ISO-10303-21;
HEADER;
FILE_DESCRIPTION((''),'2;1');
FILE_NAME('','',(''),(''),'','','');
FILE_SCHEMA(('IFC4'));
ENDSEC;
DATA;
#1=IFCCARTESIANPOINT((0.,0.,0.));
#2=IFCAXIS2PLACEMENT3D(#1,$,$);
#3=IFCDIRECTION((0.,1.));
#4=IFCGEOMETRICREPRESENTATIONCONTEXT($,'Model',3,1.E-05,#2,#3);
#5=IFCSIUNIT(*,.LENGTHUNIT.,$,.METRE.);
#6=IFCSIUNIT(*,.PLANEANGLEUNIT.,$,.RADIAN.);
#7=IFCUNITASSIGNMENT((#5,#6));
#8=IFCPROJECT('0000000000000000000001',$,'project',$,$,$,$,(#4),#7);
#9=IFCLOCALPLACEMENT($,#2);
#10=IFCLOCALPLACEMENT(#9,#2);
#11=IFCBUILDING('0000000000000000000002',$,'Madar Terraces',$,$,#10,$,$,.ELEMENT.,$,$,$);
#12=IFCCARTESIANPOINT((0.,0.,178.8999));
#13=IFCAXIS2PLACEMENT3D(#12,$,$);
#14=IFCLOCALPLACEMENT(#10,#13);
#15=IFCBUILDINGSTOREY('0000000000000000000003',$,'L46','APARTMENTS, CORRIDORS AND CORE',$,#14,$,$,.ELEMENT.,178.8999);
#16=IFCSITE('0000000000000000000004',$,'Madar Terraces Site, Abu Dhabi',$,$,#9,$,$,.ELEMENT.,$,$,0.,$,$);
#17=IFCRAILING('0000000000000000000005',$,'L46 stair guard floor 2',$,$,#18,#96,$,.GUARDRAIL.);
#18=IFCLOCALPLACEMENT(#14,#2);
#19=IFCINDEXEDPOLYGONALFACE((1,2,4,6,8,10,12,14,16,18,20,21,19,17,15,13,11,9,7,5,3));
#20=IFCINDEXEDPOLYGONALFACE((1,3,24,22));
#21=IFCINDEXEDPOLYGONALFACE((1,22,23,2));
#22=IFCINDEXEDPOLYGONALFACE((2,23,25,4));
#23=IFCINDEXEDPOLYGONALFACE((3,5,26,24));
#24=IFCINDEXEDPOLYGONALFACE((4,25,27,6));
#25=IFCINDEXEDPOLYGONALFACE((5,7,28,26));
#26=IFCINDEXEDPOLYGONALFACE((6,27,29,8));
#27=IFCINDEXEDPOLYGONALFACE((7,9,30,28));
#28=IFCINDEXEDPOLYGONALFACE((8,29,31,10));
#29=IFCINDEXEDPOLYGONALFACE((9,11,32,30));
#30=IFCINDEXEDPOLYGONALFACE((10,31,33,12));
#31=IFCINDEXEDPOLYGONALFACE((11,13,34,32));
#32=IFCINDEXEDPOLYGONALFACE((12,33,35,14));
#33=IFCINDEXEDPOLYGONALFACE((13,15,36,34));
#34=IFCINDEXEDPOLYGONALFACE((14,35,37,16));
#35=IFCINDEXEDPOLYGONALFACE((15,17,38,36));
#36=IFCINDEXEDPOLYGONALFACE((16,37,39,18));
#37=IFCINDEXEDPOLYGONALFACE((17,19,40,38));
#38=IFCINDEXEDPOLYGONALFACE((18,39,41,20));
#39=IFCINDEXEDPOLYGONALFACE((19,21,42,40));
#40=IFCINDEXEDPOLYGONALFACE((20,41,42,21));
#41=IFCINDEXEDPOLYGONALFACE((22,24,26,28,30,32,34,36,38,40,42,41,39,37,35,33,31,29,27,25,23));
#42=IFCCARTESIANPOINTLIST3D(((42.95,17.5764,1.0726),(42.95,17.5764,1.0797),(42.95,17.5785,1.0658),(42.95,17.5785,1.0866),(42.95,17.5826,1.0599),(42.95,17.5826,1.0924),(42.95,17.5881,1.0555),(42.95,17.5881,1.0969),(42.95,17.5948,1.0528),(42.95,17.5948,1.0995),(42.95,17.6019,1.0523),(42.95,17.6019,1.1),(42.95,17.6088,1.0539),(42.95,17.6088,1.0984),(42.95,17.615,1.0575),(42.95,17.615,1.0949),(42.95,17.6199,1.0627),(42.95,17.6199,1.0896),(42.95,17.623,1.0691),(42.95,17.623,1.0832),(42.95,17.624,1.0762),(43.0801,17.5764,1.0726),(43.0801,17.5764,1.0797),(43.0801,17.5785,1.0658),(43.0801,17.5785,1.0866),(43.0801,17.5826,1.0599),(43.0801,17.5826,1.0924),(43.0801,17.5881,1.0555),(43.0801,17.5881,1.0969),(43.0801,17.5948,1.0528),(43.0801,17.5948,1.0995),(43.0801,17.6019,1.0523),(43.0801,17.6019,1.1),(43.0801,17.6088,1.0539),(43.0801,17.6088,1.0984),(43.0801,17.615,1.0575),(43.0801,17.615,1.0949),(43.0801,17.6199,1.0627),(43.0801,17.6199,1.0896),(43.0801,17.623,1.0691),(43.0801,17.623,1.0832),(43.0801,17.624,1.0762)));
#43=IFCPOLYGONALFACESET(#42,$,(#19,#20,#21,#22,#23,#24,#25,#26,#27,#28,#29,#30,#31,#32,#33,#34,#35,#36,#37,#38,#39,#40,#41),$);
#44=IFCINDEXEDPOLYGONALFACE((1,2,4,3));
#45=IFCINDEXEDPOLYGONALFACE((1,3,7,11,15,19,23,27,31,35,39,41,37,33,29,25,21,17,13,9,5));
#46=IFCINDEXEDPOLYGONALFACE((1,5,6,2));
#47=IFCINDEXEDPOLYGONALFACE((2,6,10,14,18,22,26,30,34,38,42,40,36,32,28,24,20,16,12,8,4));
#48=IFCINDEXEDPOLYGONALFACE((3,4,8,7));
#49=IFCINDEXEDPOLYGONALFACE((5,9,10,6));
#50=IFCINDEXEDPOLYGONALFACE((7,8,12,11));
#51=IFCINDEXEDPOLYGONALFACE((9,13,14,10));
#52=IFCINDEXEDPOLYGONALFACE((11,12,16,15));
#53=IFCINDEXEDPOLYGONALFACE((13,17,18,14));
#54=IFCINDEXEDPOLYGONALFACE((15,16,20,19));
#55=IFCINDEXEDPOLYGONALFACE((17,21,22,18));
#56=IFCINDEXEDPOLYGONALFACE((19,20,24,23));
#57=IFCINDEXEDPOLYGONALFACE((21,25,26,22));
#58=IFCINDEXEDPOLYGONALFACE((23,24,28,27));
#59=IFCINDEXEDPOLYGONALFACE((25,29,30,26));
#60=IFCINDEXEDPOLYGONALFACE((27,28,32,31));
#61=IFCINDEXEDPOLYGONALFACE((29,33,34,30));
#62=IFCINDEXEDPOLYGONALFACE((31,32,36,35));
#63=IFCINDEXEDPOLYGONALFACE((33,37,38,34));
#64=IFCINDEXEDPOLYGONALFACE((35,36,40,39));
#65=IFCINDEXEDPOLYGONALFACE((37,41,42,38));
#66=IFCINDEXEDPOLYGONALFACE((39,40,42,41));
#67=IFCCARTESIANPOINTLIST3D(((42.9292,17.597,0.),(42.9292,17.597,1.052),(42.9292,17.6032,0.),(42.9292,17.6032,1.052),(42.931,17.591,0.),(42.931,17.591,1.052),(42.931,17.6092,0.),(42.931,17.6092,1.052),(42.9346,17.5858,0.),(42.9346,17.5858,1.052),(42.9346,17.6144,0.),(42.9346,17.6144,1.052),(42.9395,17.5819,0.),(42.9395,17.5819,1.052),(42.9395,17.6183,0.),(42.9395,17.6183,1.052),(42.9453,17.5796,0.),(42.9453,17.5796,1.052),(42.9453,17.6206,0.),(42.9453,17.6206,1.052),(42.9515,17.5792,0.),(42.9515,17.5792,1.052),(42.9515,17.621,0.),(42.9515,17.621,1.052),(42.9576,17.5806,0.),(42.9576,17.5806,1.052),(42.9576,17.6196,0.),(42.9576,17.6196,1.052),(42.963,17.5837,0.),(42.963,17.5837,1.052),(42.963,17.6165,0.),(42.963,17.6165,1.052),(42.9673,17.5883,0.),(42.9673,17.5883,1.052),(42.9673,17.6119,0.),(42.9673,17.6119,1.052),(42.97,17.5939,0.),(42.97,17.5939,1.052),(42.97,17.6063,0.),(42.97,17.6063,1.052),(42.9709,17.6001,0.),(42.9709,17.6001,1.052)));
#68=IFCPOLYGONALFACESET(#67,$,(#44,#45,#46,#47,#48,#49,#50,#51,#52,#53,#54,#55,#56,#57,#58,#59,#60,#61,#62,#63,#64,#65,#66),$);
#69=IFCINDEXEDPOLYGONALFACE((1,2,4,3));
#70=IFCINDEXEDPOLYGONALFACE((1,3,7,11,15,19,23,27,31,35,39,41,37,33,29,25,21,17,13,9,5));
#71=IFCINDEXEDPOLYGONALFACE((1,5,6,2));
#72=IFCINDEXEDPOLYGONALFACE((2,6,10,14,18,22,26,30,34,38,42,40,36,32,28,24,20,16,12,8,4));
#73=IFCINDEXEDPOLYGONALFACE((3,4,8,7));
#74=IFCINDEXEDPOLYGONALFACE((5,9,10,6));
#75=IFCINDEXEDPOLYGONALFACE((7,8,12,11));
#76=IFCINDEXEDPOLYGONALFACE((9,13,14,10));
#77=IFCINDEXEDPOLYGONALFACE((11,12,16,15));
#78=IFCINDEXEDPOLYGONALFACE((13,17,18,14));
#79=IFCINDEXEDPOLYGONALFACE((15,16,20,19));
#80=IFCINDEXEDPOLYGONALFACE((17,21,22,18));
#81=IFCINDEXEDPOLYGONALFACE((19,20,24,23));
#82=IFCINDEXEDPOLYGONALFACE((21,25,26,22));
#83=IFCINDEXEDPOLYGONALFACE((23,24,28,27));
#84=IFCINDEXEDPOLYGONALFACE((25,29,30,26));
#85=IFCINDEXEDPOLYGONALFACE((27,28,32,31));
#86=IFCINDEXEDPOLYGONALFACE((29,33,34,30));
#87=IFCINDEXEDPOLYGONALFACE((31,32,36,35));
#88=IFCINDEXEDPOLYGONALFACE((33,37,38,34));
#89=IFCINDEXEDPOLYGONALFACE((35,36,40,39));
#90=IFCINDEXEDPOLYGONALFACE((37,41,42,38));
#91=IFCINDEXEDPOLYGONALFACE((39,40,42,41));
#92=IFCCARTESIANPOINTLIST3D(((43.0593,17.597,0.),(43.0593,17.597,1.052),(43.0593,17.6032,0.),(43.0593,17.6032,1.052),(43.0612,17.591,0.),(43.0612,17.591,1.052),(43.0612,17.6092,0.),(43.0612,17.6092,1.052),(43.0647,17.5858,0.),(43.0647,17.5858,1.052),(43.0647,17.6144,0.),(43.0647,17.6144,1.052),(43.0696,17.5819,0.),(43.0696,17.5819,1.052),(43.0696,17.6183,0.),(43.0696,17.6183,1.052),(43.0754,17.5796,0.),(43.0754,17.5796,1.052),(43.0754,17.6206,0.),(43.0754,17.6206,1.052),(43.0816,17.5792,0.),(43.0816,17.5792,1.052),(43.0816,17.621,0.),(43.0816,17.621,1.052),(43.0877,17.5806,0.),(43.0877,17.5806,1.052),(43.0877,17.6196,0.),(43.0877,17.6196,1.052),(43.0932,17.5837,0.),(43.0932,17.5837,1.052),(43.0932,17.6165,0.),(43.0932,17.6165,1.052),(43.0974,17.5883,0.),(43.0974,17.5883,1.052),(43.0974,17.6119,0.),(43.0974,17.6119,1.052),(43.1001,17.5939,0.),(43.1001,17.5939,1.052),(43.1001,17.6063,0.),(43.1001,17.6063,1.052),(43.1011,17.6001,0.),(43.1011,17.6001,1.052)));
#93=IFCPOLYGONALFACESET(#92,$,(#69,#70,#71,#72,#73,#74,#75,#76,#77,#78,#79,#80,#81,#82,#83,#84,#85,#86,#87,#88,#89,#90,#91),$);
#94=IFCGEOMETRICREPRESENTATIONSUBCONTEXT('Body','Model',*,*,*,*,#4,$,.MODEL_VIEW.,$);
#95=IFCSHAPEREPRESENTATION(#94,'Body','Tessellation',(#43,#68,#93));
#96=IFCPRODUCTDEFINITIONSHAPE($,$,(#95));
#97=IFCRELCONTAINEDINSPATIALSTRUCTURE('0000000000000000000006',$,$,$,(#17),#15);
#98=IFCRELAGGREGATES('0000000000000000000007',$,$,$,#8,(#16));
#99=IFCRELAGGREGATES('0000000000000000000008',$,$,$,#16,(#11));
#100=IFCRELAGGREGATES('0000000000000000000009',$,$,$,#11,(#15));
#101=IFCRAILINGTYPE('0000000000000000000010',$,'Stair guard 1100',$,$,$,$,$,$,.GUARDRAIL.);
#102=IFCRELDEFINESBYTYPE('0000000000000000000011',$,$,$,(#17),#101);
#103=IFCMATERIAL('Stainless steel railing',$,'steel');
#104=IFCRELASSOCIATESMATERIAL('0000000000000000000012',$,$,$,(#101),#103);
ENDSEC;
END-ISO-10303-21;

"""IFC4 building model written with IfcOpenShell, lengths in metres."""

from ifc_helpers import new_model, si_unit, direction, frame, origin, origin_2d, place, context, subcontext, project, spatial, circle, extrude, material, type_object, element, save


model = new_model("IFC4")

# Units and contexts
model_context = context("Model", 3, precision=1e-05, world=origin(), true_north=direction((0.0, 1.0)))
body_context = subcontext(model_context, "Body", "Model", "MODEL_VIEW")
ifc_project = project(units=[si_unit("LENGTHUNIT", "METRE"), si_unit("PLANEANGLEUNIT", "RADIAN")], contexts=[model_context])

# Site, building, storey
site_placement = place(None, origin())
site = spatial("IfcSite", under=ifc_project, at=site_placement, Name="Madar Terraces Site, Abu Dhabi", CompositionType="ELEMENT", RefElevation=0.0)
building_placement = place(site_placement, origin())
building = spatial("IfcBuilding", under=site, at=building_placement, Name="Madar Terraces", CompositionType="ELEMENT")
storey_placement = place(building_placement, frame((0.0, 0.0, 178.8999)))
storey = spatial("IfcBuildingStorey", under=building, at=storey_placement, Name="L46", Description="APARTMENTS, CORRIDORS AND CORE", CompositionType="ELEMENT", Elevation=178.8999)

# Railing
ifc_material_1 = material(Name="Stainless steel railing", Category="steel")
railing_type_1 = type_object("IfcRailingType", Name="Stair guard 1100", PredefinedType="GUARDRAIL", material=ifc_material_1)
railing_1_placement = place(storey_placement, frame((42.95, 17.6001, 0.0)))
element("IfcRailing", 1, at=railing_1_placement, inside=storey, type_object=railing_type_1, Name="L46 stair guard floor 2", PredefinedType="GUARDRAIL", context=body_context, shape_type="SweptSolid", body=[
    extrude(circle(Radius=0.0239, at=origin_2d()), frame((0.0, 0.0, 1.0762), z_axis=(1.0, 0.0, 0.0), x_axis=(0.0, 1.0, 0.0)), (0.0, 0.0, 1.0), 0.1301),
    extrude(circle(Radius=0.021, at=origin_2d()), origin(), (0.0, 0.0, 1.0), 1.052),
    extrude(circle(Radius=0.021, at=origin_2d()), frame((0.1301, 0.0, 0.0)), (0.0, 0.0, 1.0), 1.052),
])

save(model, "model.ifc")
